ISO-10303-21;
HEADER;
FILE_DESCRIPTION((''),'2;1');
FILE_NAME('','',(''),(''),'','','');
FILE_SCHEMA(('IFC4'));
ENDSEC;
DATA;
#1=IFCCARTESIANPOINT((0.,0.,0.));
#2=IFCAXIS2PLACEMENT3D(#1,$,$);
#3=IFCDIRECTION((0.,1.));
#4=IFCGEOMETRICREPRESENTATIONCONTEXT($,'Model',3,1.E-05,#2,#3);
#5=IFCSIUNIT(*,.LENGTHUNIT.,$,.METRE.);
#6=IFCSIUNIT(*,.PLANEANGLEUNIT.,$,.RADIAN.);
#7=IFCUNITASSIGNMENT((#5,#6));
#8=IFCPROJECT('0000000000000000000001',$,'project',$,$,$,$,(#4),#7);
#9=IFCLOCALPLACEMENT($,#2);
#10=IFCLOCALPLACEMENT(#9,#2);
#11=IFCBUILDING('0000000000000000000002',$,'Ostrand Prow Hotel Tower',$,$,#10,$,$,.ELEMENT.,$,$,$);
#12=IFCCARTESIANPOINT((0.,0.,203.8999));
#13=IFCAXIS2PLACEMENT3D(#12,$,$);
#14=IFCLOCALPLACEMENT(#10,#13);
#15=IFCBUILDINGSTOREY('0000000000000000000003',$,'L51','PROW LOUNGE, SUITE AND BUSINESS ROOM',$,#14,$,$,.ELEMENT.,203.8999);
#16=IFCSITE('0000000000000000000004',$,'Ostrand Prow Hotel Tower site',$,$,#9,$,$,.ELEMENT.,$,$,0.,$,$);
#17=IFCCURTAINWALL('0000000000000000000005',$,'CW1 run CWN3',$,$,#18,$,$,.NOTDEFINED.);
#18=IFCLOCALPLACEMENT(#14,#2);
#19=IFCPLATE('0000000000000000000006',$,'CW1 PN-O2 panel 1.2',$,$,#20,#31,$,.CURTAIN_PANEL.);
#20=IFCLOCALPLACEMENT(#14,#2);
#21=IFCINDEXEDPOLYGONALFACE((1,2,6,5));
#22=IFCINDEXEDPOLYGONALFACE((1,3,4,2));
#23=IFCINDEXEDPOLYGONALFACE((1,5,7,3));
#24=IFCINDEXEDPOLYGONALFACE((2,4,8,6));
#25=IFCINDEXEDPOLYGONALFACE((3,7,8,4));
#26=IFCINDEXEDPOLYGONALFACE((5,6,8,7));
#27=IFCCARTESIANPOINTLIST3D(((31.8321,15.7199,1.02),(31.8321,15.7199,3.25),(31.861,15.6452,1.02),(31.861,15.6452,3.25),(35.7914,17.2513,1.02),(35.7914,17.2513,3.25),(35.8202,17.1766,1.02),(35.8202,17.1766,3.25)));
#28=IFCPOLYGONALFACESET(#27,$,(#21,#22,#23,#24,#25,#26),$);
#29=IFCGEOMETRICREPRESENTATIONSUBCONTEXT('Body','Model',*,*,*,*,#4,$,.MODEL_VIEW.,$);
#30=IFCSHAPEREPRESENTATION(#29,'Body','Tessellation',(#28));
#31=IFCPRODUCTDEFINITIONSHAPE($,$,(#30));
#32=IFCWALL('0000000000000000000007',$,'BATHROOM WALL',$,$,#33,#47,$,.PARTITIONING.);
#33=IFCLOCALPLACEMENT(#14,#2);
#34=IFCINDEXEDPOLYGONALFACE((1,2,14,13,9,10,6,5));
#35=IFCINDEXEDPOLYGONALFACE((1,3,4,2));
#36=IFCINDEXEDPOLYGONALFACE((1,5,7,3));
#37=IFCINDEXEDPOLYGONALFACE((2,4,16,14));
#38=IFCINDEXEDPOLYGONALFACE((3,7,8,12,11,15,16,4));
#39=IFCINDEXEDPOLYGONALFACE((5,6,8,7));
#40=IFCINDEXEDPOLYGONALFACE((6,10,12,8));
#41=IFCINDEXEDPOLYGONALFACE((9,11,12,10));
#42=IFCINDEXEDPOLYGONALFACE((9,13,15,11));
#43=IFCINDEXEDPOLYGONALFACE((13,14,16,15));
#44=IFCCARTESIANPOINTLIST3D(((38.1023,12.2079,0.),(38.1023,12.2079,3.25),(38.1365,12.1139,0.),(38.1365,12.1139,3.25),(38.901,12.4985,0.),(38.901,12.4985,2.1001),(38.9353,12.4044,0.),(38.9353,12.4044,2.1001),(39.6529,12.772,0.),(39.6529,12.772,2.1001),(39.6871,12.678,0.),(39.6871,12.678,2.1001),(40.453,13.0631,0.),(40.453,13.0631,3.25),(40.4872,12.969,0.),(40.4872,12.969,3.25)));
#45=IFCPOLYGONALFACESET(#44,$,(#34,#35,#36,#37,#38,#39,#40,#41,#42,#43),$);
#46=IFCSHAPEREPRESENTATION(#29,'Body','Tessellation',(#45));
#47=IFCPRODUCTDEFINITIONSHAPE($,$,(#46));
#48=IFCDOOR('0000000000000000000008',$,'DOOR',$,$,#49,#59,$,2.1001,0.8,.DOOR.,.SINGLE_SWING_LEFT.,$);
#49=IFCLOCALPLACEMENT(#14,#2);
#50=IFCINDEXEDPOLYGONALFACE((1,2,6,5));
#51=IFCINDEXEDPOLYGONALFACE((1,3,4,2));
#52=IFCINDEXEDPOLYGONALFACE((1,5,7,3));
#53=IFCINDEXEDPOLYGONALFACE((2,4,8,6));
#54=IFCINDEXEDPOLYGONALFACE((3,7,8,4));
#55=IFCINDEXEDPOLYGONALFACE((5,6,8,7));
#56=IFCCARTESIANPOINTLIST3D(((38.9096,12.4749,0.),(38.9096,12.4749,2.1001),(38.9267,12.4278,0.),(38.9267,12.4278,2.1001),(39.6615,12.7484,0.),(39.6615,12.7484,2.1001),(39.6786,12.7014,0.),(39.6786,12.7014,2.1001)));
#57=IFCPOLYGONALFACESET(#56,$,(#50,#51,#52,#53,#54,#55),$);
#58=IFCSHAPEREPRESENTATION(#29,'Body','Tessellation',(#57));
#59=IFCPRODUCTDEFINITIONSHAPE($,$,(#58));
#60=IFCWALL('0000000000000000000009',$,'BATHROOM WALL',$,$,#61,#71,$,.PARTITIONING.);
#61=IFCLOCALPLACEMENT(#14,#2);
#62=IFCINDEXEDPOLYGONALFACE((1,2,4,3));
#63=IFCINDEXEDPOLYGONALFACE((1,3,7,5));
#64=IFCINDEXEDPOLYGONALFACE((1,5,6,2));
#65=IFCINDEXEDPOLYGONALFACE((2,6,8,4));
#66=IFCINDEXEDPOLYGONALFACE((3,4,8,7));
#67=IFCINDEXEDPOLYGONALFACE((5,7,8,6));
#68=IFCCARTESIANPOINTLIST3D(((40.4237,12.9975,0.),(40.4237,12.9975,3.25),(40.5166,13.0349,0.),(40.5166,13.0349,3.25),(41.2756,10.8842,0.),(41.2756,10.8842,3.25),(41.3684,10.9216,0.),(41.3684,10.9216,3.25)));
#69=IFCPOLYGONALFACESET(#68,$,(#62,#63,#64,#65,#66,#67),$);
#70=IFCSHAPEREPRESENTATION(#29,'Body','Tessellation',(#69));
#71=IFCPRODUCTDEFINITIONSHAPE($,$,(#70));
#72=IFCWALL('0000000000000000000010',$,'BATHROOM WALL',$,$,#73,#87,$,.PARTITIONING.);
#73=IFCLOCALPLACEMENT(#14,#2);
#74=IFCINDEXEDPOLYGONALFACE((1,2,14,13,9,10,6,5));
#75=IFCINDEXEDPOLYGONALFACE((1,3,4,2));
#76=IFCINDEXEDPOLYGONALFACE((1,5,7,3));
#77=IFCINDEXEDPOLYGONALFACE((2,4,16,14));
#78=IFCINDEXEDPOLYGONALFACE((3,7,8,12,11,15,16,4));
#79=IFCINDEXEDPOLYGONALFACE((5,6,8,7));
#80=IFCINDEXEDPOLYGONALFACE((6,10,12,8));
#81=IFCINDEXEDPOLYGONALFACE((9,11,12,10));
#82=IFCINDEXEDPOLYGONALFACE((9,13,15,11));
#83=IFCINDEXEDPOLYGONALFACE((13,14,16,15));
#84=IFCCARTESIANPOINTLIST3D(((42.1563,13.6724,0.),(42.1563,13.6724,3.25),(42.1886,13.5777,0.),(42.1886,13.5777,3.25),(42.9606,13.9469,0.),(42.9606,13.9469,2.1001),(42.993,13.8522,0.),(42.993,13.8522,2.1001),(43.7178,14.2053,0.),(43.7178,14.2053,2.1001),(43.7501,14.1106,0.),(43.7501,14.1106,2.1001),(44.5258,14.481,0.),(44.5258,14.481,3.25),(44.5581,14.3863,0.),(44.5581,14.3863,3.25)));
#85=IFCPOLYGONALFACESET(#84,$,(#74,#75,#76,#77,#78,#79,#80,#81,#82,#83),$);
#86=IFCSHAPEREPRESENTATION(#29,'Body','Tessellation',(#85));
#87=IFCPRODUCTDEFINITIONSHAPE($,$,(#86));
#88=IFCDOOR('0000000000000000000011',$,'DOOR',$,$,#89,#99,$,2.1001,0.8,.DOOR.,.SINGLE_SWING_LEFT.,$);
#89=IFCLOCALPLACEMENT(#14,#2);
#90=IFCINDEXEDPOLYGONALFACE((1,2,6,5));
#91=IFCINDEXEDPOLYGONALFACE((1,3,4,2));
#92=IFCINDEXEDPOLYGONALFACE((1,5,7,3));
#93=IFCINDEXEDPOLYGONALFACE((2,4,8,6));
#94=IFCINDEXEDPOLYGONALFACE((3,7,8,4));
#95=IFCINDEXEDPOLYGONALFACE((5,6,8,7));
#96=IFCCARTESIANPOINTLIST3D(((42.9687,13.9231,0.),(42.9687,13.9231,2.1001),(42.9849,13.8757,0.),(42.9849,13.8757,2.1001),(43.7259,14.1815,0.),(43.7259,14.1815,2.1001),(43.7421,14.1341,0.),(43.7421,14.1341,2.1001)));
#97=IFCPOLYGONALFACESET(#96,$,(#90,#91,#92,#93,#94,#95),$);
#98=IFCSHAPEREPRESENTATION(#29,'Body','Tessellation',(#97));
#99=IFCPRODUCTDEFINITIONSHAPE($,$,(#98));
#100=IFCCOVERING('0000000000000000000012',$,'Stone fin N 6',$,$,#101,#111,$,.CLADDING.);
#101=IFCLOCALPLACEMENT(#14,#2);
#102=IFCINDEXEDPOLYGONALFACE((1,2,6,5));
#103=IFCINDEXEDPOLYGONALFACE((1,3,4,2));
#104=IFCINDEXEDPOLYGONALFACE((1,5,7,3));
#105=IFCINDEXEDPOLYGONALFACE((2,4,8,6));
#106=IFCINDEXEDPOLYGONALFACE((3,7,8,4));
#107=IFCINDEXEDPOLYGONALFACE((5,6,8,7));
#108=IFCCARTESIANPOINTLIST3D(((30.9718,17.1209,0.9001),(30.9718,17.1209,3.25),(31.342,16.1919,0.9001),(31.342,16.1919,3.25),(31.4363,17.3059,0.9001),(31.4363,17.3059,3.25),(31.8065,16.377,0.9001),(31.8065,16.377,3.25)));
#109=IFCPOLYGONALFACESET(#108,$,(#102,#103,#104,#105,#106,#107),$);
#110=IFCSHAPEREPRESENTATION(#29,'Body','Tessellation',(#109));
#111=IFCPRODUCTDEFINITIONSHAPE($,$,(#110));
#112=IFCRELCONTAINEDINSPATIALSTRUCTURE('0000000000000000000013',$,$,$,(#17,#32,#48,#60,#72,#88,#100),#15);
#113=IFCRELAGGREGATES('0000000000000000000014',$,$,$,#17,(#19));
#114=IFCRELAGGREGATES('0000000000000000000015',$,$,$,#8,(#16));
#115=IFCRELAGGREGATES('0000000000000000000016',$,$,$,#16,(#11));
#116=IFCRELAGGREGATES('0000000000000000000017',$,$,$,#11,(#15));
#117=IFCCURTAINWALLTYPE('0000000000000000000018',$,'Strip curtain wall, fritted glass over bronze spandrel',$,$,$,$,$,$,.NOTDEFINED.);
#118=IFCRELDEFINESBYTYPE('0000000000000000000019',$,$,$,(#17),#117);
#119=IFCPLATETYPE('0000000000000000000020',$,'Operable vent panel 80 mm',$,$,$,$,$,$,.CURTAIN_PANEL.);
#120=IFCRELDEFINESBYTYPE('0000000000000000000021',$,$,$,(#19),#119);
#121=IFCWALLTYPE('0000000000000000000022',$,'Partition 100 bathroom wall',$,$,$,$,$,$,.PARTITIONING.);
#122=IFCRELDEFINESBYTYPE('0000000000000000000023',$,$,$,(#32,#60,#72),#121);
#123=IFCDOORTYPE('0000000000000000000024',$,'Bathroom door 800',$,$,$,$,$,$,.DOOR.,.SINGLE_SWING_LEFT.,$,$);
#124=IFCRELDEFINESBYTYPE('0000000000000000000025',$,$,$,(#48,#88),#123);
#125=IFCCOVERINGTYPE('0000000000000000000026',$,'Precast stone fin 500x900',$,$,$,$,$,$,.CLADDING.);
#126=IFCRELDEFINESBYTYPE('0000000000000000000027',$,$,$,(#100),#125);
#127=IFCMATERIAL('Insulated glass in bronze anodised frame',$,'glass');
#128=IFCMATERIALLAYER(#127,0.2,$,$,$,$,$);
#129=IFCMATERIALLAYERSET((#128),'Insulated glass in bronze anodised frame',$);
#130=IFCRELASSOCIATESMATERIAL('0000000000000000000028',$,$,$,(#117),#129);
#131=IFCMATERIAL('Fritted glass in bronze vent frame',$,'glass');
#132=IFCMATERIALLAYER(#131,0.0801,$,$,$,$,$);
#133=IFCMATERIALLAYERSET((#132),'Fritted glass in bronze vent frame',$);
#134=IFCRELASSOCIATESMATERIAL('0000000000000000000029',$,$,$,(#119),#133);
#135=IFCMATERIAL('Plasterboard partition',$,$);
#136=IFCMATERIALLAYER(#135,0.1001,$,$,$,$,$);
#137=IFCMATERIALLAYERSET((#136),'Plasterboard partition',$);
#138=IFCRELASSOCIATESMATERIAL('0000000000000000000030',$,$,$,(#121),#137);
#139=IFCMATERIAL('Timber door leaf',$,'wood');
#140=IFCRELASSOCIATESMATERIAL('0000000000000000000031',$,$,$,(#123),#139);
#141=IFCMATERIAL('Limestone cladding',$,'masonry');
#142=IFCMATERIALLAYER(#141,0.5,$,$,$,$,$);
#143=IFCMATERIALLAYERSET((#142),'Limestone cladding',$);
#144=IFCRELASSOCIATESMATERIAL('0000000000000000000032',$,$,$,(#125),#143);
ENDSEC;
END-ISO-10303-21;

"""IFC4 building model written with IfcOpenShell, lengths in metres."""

from ifc_helpers import new_model, si_unit, direction, frame, frame_2d, origin, origin_2d, place, context, subcontext, project, spatial, rectangle, extrude, material, layer, layer_set, type_object, element, fill, aggregate, save


model = new_model("IFC4")

# Units and contexts
model_context = context("Model", 3, precision=1e-05, world=origin(), true_north=direction((0.0, 1.0)))
body_context = subcontext(model_context, "Body", "Model", "MODEL_VIEW")
ifc_project = project(units=[si_unit("LENGTHUNIT", "METRE"), si_unit("PLANEANGLEUNIT", "RADIAN")], contexts=[model_context])

# Site, building, storey
site_placement = place(None, origin())
site = spatial("IfcSite", under=ifc_project, at=site_placement, Name="Ostrand Prow Hotel Tower site", CompositionType="ELEMENT", RefElevation=0.0)
building_placement = place(site_placement, origin())
building = spatial("IfcBuilding", under=site, at=building_placement, Name="Ostrand Prow Hotel Tower", CompositionType="ELEMENT")
storey_placement = place(building_placement, frame((0.0, 0.0, 203.8999)))
storey = spatial("IfcBuildingStorey", under=building, at=storey_placement, Name="L51", Description="PROW LOUNGE, SUITE AND BUSINESS ROOM", CompositionType="ELEMENT", Elevation=203.8999)

# Curtain wall
ifc_material_1 = material(Name="Insulated glass in bronze anodised frame", Category="glass")
ifc_layer_1 = layer(ifc_material_1, 0.2)
ifc_layer_set_1 = layer_set([ifc_layer_1], Name="Insulated glass in bronze anodised frame")
curtain_wall_type = type_object("IfcCurtainWallType", Name="Strip curtain wall, fritted glass over bronze spandrel", PredefinedType="NOTDEFINED", material=ifc_layer_set_1)
curtain_wall_1_placement = place(storey_placement, origin())
curtain_wall_1 = element("IfcCurtainWall", 1, at=curtain_wall_1_placement, inside=storey, type_object=curtain_wall_type, Name="CW1 run CWN3", PredefinedType="NOTDEFINED")

# Plate
ifc_material_2 = material(Name="Fritted glass in bronze vent frame", Category="glass")
ifc_layer_2 = layer(ifc_material_2, 0.0801)
ifc_layer_set_2 = layer_set([ifc_layer_2], Name="Fritted glass in bronze vent frame")
plate_type_1 = type_object("IfcPlateType", Name="Operable vent panel 80 mm", PredefinedType="CURTAIN_PANEL", material=ifc_layer_set_2)
plate_1_placement = place(storey_placement, frame((33.8262, 16.4482, 1.02), z_axis=(0.0, 0.0, 1.0), x_axis=(-0.932663, -0.360749, 0.0)))
plate_1 = element("IfcPlate", 2, at=plate_1_placement, type_object=plate_type_1, Name="CW1 PN-O2 panel 1.2", PredefinedType="CURTAIN_PANEL", context=body_context, shape_type="SweptSolid", body=[
    extrude(rectangle(XDim=4.2451, YDim=0.0801, at=origin_2d()), origin(), (0.0, 0.0, 1.0), 2.23),
])
aggregate(curtain_wall_1, [plate_1])

# Wall, opening, door
ifc_material_3 = material(Name="Plasterboard partition")
ifc_layer_3 = layer(ifc_material_3, 0.1001)
ifc_layer_set_3 = layer_set([ifc_layer_3], Name="Plasterboard partition")
wall_type = type_object("IfcWallType", Name="Partition 100 bathroom wall", PredefinedType="PARTITIONING", material=ifc_layer_set_3)
wall_1_placement = place(storey_placement, frame((38.1194, 12.1609, 0.0), z_axis=(0.0, 0.0, 1.0), x_axis=(0.939745, 0.341876, 0.0)))
wall_1 = element("IfcWall", 3, at=wall_1_placement, inside=storey, type_object=wall_type, Name="BATHROOM WALL", PredefinedType="PARTITIONING", context=body_context, shape_type="SweptSolid", body=[
    extrude(rectangle(XDim=2.5015, YDim=0.1001, at=frame_2d((1.2507, 0.0))), origin(), (0.0, 0.0, 1.0), 3.25),
])
opening_1_placement = place(wall_1_placement, frame((0.8501, 0.0, 0.0)))
opening_1 = element("IfcOpeningElement", 4, at=opening_1_placement, cuts=wall_1, PredefinedType="OPENING", context=body_context, shape_type="SweptSolid", body=[
    extrude(rectangle(XDim=0.8, YDim=2.1001, at=frame_2d((0.3999, 1.05))), frame((0.0, 0.0601, 0.0), z_axis=(0.0, -1.0, 0.0), x_axis=(1.0, 0.0, 0.0)), (0.0, 0.0, 1.0), 0.1201),
])
ifc_material_4 = material(Name="Timber door leaf", Category="wood")
door_type = type_object("IfcDoorType", Name="Bathroom door 800", OperationType="SINGLE_SWING_LEFT", PredefinedType="DOOR", material=ifc_material_4)
door_1_placement = place(opening_1_placement, origin())
door_1 = element("IfcDoor", 5, at=door_1_placement, inside=storey, type_object=door_type, Name="DOOR", OperationType="SINGLE_SWING_LEFT", OverallHeight=2.1001, OverallWidth=0.8, PredefinedType="DOOR", context=body_context, shape_type="SweptSolid", body=[
    extrude(rectangle(XDim=0.8, YDim=2.1001, at=frame_2d((0.3999, 1.05))), frame((0.0, 0.0249, 0.0), z_axis=(0.0, -1.0, 0.0), x_axis=(1.0, 0.0, 0.0)), (0.0, 0.0, 1.0), 0.05),
])
fill(opening_1, door_1)

# Wall
wall_2_placement = place(storey_placement, frame((40.4702, 13.0161, 0.0), z_axis=(0.0, 0.0, 1.0), x_axis=(0.373846, -0.927491, 0.0)))
element("IfcWall", 6, at=wall_2_placement, inside=storey, type_object=wall_type, Name="BATHROOM WALL", PredefinedType="PARTITIONING", context=body_context, shape_type="SweptSolid", body=[
    extrude(rectangle(XDim=2.2786, YDim=0.1001, at=frame_2d((1.1392, 0.0))), origin(), (0.0, 0.0, 1.0), 3.25),
])

# Wall, opening, door
wall_3_placement = place(storey_placement, frame((42.1724, 13.625, 0.0), z_axis=(0.0, 0.0, 1.0), x_axis=(0.946407, 0.322978, 0.0)))
wall_3 = element("IfcWall", 7, at=wall_3_placement, inside=storey, type_object=wall_type, Name="BATHROOM WALL", PredefinedType="PARTITIONING", context=body_context, shape_type="SweptSolid", body=[
    extrude(rectangle(XDim=2.5037, YDim=0.1001, at=frame_2d((1.252, 0.0))), origin(), (0.0, 0.0, 1.0), 3.25),
])
opening_2_placement = place(wall_3_placement, frame((0.8501, 0.0, 0.0)))
opening_2 = element("IfcOpeningElement", 8, at=opening_2_placement, cuts=wall_3, PredefinedType="OPENING", context=body_context, shape_type="SweptSolid", body=[
    extrude(rectangle(XDim=0.8, YDim=2.1001, at=frame_2d((0.3999, 1.05))), frame((0.0, 0.0601, 0.0), z_axis=(0.0, -1.0, 0.0), x_axis=(1.0, 0.0, 0.0)), (0.0, 0.0, 1.0), 0.1201),
])
door_2_placement = place(opening_2_placement, origin())
door_2 = element("IfcDoor", 9, at=door_2_placement, inside=storey, type_object=door_type, Name="DOOR", OperationType="SINGLE_SWING_LEFT", OverallHeight=2.1001, OverallWidth=0.8, PredefinedType="DOOR", context=body_context, shape_type="SweptSolid", body=[
    extrude(rectangle(XDim=0.8, YDim=2.1001, at=frame_2d((0.3999, 1.05))), frame((0.0, 0.0249, 0.0), z_axis=(0.0, -1.0, 0.0), x_axis=(1.0, 0.0, 0.0)), (0.0, 0.0, 1.0), 0.05),
])
fill(opening_2, door_2)

# Covering
ifc_material_5 = material(Name="Limestone cladding", Category="masonry")
ifc_layer_4 = layer(ifc_material_5, 0.5)
ifc_layer_set_4 = layer_set([ifc_layer_4], Name="Limestone cladding")
covering_type = type_object("IfcCoveringType", Name="Precast stone fin 500x900", PredefinedType="CLADDING", material=ifc_layer_set_4)
covering_placement = place(storey_placement, frame((31.5742, 16.2844, 0.9001), z_axis=(0.0, 0.0, 1.0), x_axis=(-0.370128, 0.928981, 0.0)))
element("IfcCovering", 10, at=covering_placement, inside=storey, type_object=covering_type, Name="Stone fin N 6", PredefinedType="CLADDING", context=body_context, shape_type="SweptSolid", body=[
    extrude(rectangle(XDim=1.0, YDim=0.5, at=frame_2d((0.5, 0.0))), origin(), (0.0, 0.0, 1.0), 2.3499),
])

save(model, "model.ifc")
